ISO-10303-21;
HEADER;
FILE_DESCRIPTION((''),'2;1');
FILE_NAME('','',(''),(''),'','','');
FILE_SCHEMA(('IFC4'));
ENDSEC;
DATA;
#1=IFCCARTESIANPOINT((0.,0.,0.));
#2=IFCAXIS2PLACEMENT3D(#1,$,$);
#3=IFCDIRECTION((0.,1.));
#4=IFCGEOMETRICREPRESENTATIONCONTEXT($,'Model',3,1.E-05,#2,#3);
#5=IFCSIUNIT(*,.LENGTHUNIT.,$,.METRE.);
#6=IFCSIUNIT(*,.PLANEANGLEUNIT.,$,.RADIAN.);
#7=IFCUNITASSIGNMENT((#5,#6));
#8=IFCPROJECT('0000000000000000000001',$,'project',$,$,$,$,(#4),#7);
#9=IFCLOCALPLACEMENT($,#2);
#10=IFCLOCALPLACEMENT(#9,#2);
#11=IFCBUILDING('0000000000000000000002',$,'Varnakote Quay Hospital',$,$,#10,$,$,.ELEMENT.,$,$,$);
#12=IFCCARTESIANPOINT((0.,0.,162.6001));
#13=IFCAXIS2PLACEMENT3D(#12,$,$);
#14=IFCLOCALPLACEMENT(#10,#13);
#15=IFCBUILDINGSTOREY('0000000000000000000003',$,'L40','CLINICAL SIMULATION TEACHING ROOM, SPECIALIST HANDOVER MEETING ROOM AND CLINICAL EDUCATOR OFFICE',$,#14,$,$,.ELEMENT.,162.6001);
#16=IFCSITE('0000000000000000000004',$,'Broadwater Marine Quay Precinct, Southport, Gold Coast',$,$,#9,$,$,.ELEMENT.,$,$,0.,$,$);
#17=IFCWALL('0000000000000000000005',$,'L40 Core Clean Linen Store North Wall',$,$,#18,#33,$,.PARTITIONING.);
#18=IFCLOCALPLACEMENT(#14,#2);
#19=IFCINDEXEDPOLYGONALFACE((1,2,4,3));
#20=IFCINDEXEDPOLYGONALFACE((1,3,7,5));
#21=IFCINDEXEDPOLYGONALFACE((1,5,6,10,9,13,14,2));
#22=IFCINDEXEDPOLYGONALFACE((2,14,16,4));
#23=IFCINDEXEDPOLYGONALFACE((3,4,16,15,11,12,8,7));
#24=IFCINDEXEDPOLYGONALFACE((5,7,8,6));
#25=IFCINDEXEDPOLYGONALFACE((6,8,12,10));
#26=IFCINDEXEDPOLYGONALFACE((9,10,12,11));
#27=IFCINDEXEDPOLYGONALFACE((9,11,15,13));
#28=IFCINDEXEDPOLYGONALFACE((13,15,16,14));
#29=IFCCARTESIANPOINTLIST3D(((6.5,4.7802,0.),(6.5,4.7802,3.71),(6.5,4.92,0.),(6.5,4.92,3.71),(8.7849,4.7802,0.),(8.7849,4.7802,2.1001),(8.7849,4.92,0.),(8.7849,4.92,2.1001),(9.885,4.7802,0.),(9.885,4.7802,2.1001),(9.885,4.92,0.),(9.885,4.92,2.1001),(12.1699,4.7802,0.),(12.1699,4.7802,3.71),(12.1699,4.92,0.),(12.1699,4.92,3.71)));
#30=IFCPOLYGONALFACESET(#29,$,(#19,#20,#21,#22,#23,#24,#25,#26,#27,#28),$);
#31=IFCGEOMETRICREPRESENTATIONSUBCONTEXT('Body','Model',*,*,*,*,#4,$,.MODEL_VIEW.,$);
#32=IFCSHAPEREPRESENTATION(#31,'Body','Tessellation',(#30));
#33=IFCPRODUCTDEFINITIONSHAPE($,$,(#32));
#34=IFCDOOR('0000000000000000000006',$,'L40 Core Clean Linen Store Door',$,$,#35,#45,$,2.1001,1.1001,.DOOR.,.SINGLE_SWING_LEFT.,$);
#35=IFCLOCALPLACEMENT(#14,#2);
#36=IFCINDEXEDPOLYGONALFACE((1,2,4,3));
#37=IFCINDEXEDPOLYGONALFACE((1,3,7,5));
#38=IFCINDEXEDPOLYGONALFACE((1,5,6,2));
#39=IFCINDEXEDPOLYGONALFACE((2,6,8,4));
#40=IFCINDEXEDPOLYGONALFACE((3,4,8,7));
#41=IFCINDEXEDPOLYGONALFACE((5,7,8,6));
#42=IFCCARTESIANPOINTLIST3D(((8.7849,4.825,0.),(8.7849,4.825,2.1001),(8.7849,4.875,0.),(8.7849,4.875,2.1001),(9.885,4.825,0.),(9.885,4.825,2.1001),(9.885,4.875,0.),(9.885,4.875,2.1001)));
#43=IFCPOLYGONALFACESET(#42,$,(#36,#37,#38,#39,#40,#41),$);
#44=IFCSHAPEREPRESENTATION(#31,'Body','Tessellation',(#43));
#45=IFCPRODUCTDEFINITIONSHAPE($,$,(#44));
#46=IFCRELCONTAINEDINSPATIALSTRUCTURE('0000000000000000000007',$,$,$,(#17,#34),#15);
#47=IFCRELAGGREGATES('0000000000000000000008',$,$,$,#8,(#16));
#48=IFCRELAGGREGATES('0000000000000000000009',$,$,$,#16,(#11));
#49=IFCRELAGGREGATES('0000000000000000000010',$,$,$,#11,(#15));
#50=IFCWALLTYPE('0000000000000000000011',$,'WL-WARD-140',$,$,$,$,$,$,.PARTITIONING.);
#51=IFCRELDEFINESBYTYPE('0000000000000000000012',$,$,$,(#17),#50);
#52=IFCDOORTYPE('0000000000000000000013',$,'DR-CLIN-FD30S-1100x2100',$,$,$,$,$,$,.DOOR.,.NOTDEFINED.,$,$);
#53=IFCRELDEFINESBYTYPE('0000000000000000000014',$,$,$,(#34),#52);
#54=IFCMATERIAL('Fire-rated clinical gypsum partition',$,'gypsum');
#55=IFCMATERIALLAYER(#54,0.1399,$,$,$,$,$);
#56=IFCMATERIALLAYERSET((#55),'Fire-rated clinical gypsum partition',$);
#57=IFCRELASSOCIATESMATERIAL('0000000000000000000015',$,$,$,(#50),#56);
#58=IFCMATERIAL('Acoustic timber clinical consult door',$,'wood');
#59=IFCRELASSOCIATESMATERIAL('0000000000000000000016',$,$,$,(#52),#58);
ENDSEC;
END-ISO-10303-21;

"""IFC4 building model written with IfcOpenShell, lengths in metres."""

from ifc_helpers import new_model, si_unit, direction, frame, frame_2d, origin, place, context, subcontext, project, spatial, rectangle, extrude, material, layer, layer_set, type_object, element, fill, save


model = new_model("IFC4")

# Units and contexts
model_context = context("Model", 3, precision=1e-05, world=origin(), true_north=direction((0.0, 1.0)))
body_context = subcontext(model_context, "Body", "Model", "MODEL_VIEW")
ifc_project = project(units=[si_unit("LENGTHUNIT", "METRE"), si_unit("PLANEANGLEUNIT", "RADIAN")], contexts=[model_context])

# Site, building, storey
site_placement = place(None, origin())
site = spatial("IfcSite", under=ifc_project, at=site_placement, Name="Broadwater Marine Quay Precinct, Southport, Gold Coast", CompositionType="ELEMENT", RefElevation=0.0)
building_placement = place(site_placement, origin())
building = spatial("IfcBuilding", under=site, at=building_placement, Name="Varnakote Quay Hospital", CompositionType="ELEMENT")
storey_placement = place(building_placement, frame((0.0, 0.0, 162.6001)))
storey = spatial("IfcBuildingStorey", under=building, at=storey_placement, Name="L40", Description="CLINICAL SIMULATION TEACHING ROOM, SPECIALIST HANDOVER MEETING ROOM AND CLINICAL EDUCATOR OFFICE", CompositionType="ELEMENT", Elevation=162.6001)

# Wall, opening, door
ifc_material_1 = material(Name="Fire-rated clinical gypsum partition", Category="gypsum")
ifc_layer_1 = layer(ifc_material_1, 0.1399)
ifc_layer_set_1 = layer_set([ifc_layer_1], Name="Fire-rated clinical gypsum partition")
wall_type_1 = type_object("IfcWallType", Name="WL-WARD-140", PredefinedType="PARTITIONING", material=ifc_layer_set_1)
wall_1_placement = place(storey_placement, frame((6.5, 4.8501, 0.0), z_axis=(0.0, 0.0, 1.0), x_axis=(1.0, 0.0, 0.0)))
wall_1 = element("IfcWall", 1, at=wall_1_placement, inside=storey, type_object=wall_type_1, Name="L40 Core Clean Linen Store North Wall", PredefinedType="PARTITIONING", context=body_context, shape_type="SweptSolid", body=[
    extrude(rectangle(XDim=5.6699, YDim=0.1399, at=frame_2d((2.835, 0.0))), origin(), (0.0, 0.0, 1.0), 3.71),
])
opening_1_placement = place(wall_1_placement, frame((2.2849, 0.0, 0.0)))
opening_1 = element("IfcOpeningElement", 2, at=opening_1_placement, cuts=wall_1, PredefinedType="OPENING", context=body_context, shape_type="SweptSolid", body=[
    extrude(rectangle(XDim=1.1001, YDim=2.1001, at=frame_2d((0.55, 1.05))), frame((0.0, 0.0798, 0.0), z_axis=(0.0, -1.0, 0.0), x_axis=(1.0, 0.0, 0.0)), (0.0, 0.0, 1.0), 0.1599),
])
ifc_material_2 = material(Name="Acoustic timber clinical consult door", Category="wood")
door_type = type_object("IfcDoorType", Name="DR-CLIN-FD30S-1100x2100", OperationType="NOTDEFINED", PredefinedType="DOOR", material=ifc_material_2)
door_placement = place(opening_1_placement, origin())
door = element("IfcDoor", 3, at=door_placement, inside=storey, type_object=door_type, Name="L40 Core Clean Linen Store Door", OperationType="SINGLE_SWING_LEFT", OverallHeight=2.1001, OverallWidth=1.1001, PredefinedType="DOOR", context=body_context, shape_type="SweptSolid", body=[
    extrude(rectangle(XDim=1.1001, YDim=2.1001, at=frame_2d((0.55, 1.05))), frame((0.0, 0.0249, 0.0), z_axis=(0.0, -1.0, 0.0), x_axis=(1.0, 0.0, 0.0)), (0.0, 0.0, 1.0), 0.05),
])
fill(opening_1, door)

save(model, "model.ifc")
